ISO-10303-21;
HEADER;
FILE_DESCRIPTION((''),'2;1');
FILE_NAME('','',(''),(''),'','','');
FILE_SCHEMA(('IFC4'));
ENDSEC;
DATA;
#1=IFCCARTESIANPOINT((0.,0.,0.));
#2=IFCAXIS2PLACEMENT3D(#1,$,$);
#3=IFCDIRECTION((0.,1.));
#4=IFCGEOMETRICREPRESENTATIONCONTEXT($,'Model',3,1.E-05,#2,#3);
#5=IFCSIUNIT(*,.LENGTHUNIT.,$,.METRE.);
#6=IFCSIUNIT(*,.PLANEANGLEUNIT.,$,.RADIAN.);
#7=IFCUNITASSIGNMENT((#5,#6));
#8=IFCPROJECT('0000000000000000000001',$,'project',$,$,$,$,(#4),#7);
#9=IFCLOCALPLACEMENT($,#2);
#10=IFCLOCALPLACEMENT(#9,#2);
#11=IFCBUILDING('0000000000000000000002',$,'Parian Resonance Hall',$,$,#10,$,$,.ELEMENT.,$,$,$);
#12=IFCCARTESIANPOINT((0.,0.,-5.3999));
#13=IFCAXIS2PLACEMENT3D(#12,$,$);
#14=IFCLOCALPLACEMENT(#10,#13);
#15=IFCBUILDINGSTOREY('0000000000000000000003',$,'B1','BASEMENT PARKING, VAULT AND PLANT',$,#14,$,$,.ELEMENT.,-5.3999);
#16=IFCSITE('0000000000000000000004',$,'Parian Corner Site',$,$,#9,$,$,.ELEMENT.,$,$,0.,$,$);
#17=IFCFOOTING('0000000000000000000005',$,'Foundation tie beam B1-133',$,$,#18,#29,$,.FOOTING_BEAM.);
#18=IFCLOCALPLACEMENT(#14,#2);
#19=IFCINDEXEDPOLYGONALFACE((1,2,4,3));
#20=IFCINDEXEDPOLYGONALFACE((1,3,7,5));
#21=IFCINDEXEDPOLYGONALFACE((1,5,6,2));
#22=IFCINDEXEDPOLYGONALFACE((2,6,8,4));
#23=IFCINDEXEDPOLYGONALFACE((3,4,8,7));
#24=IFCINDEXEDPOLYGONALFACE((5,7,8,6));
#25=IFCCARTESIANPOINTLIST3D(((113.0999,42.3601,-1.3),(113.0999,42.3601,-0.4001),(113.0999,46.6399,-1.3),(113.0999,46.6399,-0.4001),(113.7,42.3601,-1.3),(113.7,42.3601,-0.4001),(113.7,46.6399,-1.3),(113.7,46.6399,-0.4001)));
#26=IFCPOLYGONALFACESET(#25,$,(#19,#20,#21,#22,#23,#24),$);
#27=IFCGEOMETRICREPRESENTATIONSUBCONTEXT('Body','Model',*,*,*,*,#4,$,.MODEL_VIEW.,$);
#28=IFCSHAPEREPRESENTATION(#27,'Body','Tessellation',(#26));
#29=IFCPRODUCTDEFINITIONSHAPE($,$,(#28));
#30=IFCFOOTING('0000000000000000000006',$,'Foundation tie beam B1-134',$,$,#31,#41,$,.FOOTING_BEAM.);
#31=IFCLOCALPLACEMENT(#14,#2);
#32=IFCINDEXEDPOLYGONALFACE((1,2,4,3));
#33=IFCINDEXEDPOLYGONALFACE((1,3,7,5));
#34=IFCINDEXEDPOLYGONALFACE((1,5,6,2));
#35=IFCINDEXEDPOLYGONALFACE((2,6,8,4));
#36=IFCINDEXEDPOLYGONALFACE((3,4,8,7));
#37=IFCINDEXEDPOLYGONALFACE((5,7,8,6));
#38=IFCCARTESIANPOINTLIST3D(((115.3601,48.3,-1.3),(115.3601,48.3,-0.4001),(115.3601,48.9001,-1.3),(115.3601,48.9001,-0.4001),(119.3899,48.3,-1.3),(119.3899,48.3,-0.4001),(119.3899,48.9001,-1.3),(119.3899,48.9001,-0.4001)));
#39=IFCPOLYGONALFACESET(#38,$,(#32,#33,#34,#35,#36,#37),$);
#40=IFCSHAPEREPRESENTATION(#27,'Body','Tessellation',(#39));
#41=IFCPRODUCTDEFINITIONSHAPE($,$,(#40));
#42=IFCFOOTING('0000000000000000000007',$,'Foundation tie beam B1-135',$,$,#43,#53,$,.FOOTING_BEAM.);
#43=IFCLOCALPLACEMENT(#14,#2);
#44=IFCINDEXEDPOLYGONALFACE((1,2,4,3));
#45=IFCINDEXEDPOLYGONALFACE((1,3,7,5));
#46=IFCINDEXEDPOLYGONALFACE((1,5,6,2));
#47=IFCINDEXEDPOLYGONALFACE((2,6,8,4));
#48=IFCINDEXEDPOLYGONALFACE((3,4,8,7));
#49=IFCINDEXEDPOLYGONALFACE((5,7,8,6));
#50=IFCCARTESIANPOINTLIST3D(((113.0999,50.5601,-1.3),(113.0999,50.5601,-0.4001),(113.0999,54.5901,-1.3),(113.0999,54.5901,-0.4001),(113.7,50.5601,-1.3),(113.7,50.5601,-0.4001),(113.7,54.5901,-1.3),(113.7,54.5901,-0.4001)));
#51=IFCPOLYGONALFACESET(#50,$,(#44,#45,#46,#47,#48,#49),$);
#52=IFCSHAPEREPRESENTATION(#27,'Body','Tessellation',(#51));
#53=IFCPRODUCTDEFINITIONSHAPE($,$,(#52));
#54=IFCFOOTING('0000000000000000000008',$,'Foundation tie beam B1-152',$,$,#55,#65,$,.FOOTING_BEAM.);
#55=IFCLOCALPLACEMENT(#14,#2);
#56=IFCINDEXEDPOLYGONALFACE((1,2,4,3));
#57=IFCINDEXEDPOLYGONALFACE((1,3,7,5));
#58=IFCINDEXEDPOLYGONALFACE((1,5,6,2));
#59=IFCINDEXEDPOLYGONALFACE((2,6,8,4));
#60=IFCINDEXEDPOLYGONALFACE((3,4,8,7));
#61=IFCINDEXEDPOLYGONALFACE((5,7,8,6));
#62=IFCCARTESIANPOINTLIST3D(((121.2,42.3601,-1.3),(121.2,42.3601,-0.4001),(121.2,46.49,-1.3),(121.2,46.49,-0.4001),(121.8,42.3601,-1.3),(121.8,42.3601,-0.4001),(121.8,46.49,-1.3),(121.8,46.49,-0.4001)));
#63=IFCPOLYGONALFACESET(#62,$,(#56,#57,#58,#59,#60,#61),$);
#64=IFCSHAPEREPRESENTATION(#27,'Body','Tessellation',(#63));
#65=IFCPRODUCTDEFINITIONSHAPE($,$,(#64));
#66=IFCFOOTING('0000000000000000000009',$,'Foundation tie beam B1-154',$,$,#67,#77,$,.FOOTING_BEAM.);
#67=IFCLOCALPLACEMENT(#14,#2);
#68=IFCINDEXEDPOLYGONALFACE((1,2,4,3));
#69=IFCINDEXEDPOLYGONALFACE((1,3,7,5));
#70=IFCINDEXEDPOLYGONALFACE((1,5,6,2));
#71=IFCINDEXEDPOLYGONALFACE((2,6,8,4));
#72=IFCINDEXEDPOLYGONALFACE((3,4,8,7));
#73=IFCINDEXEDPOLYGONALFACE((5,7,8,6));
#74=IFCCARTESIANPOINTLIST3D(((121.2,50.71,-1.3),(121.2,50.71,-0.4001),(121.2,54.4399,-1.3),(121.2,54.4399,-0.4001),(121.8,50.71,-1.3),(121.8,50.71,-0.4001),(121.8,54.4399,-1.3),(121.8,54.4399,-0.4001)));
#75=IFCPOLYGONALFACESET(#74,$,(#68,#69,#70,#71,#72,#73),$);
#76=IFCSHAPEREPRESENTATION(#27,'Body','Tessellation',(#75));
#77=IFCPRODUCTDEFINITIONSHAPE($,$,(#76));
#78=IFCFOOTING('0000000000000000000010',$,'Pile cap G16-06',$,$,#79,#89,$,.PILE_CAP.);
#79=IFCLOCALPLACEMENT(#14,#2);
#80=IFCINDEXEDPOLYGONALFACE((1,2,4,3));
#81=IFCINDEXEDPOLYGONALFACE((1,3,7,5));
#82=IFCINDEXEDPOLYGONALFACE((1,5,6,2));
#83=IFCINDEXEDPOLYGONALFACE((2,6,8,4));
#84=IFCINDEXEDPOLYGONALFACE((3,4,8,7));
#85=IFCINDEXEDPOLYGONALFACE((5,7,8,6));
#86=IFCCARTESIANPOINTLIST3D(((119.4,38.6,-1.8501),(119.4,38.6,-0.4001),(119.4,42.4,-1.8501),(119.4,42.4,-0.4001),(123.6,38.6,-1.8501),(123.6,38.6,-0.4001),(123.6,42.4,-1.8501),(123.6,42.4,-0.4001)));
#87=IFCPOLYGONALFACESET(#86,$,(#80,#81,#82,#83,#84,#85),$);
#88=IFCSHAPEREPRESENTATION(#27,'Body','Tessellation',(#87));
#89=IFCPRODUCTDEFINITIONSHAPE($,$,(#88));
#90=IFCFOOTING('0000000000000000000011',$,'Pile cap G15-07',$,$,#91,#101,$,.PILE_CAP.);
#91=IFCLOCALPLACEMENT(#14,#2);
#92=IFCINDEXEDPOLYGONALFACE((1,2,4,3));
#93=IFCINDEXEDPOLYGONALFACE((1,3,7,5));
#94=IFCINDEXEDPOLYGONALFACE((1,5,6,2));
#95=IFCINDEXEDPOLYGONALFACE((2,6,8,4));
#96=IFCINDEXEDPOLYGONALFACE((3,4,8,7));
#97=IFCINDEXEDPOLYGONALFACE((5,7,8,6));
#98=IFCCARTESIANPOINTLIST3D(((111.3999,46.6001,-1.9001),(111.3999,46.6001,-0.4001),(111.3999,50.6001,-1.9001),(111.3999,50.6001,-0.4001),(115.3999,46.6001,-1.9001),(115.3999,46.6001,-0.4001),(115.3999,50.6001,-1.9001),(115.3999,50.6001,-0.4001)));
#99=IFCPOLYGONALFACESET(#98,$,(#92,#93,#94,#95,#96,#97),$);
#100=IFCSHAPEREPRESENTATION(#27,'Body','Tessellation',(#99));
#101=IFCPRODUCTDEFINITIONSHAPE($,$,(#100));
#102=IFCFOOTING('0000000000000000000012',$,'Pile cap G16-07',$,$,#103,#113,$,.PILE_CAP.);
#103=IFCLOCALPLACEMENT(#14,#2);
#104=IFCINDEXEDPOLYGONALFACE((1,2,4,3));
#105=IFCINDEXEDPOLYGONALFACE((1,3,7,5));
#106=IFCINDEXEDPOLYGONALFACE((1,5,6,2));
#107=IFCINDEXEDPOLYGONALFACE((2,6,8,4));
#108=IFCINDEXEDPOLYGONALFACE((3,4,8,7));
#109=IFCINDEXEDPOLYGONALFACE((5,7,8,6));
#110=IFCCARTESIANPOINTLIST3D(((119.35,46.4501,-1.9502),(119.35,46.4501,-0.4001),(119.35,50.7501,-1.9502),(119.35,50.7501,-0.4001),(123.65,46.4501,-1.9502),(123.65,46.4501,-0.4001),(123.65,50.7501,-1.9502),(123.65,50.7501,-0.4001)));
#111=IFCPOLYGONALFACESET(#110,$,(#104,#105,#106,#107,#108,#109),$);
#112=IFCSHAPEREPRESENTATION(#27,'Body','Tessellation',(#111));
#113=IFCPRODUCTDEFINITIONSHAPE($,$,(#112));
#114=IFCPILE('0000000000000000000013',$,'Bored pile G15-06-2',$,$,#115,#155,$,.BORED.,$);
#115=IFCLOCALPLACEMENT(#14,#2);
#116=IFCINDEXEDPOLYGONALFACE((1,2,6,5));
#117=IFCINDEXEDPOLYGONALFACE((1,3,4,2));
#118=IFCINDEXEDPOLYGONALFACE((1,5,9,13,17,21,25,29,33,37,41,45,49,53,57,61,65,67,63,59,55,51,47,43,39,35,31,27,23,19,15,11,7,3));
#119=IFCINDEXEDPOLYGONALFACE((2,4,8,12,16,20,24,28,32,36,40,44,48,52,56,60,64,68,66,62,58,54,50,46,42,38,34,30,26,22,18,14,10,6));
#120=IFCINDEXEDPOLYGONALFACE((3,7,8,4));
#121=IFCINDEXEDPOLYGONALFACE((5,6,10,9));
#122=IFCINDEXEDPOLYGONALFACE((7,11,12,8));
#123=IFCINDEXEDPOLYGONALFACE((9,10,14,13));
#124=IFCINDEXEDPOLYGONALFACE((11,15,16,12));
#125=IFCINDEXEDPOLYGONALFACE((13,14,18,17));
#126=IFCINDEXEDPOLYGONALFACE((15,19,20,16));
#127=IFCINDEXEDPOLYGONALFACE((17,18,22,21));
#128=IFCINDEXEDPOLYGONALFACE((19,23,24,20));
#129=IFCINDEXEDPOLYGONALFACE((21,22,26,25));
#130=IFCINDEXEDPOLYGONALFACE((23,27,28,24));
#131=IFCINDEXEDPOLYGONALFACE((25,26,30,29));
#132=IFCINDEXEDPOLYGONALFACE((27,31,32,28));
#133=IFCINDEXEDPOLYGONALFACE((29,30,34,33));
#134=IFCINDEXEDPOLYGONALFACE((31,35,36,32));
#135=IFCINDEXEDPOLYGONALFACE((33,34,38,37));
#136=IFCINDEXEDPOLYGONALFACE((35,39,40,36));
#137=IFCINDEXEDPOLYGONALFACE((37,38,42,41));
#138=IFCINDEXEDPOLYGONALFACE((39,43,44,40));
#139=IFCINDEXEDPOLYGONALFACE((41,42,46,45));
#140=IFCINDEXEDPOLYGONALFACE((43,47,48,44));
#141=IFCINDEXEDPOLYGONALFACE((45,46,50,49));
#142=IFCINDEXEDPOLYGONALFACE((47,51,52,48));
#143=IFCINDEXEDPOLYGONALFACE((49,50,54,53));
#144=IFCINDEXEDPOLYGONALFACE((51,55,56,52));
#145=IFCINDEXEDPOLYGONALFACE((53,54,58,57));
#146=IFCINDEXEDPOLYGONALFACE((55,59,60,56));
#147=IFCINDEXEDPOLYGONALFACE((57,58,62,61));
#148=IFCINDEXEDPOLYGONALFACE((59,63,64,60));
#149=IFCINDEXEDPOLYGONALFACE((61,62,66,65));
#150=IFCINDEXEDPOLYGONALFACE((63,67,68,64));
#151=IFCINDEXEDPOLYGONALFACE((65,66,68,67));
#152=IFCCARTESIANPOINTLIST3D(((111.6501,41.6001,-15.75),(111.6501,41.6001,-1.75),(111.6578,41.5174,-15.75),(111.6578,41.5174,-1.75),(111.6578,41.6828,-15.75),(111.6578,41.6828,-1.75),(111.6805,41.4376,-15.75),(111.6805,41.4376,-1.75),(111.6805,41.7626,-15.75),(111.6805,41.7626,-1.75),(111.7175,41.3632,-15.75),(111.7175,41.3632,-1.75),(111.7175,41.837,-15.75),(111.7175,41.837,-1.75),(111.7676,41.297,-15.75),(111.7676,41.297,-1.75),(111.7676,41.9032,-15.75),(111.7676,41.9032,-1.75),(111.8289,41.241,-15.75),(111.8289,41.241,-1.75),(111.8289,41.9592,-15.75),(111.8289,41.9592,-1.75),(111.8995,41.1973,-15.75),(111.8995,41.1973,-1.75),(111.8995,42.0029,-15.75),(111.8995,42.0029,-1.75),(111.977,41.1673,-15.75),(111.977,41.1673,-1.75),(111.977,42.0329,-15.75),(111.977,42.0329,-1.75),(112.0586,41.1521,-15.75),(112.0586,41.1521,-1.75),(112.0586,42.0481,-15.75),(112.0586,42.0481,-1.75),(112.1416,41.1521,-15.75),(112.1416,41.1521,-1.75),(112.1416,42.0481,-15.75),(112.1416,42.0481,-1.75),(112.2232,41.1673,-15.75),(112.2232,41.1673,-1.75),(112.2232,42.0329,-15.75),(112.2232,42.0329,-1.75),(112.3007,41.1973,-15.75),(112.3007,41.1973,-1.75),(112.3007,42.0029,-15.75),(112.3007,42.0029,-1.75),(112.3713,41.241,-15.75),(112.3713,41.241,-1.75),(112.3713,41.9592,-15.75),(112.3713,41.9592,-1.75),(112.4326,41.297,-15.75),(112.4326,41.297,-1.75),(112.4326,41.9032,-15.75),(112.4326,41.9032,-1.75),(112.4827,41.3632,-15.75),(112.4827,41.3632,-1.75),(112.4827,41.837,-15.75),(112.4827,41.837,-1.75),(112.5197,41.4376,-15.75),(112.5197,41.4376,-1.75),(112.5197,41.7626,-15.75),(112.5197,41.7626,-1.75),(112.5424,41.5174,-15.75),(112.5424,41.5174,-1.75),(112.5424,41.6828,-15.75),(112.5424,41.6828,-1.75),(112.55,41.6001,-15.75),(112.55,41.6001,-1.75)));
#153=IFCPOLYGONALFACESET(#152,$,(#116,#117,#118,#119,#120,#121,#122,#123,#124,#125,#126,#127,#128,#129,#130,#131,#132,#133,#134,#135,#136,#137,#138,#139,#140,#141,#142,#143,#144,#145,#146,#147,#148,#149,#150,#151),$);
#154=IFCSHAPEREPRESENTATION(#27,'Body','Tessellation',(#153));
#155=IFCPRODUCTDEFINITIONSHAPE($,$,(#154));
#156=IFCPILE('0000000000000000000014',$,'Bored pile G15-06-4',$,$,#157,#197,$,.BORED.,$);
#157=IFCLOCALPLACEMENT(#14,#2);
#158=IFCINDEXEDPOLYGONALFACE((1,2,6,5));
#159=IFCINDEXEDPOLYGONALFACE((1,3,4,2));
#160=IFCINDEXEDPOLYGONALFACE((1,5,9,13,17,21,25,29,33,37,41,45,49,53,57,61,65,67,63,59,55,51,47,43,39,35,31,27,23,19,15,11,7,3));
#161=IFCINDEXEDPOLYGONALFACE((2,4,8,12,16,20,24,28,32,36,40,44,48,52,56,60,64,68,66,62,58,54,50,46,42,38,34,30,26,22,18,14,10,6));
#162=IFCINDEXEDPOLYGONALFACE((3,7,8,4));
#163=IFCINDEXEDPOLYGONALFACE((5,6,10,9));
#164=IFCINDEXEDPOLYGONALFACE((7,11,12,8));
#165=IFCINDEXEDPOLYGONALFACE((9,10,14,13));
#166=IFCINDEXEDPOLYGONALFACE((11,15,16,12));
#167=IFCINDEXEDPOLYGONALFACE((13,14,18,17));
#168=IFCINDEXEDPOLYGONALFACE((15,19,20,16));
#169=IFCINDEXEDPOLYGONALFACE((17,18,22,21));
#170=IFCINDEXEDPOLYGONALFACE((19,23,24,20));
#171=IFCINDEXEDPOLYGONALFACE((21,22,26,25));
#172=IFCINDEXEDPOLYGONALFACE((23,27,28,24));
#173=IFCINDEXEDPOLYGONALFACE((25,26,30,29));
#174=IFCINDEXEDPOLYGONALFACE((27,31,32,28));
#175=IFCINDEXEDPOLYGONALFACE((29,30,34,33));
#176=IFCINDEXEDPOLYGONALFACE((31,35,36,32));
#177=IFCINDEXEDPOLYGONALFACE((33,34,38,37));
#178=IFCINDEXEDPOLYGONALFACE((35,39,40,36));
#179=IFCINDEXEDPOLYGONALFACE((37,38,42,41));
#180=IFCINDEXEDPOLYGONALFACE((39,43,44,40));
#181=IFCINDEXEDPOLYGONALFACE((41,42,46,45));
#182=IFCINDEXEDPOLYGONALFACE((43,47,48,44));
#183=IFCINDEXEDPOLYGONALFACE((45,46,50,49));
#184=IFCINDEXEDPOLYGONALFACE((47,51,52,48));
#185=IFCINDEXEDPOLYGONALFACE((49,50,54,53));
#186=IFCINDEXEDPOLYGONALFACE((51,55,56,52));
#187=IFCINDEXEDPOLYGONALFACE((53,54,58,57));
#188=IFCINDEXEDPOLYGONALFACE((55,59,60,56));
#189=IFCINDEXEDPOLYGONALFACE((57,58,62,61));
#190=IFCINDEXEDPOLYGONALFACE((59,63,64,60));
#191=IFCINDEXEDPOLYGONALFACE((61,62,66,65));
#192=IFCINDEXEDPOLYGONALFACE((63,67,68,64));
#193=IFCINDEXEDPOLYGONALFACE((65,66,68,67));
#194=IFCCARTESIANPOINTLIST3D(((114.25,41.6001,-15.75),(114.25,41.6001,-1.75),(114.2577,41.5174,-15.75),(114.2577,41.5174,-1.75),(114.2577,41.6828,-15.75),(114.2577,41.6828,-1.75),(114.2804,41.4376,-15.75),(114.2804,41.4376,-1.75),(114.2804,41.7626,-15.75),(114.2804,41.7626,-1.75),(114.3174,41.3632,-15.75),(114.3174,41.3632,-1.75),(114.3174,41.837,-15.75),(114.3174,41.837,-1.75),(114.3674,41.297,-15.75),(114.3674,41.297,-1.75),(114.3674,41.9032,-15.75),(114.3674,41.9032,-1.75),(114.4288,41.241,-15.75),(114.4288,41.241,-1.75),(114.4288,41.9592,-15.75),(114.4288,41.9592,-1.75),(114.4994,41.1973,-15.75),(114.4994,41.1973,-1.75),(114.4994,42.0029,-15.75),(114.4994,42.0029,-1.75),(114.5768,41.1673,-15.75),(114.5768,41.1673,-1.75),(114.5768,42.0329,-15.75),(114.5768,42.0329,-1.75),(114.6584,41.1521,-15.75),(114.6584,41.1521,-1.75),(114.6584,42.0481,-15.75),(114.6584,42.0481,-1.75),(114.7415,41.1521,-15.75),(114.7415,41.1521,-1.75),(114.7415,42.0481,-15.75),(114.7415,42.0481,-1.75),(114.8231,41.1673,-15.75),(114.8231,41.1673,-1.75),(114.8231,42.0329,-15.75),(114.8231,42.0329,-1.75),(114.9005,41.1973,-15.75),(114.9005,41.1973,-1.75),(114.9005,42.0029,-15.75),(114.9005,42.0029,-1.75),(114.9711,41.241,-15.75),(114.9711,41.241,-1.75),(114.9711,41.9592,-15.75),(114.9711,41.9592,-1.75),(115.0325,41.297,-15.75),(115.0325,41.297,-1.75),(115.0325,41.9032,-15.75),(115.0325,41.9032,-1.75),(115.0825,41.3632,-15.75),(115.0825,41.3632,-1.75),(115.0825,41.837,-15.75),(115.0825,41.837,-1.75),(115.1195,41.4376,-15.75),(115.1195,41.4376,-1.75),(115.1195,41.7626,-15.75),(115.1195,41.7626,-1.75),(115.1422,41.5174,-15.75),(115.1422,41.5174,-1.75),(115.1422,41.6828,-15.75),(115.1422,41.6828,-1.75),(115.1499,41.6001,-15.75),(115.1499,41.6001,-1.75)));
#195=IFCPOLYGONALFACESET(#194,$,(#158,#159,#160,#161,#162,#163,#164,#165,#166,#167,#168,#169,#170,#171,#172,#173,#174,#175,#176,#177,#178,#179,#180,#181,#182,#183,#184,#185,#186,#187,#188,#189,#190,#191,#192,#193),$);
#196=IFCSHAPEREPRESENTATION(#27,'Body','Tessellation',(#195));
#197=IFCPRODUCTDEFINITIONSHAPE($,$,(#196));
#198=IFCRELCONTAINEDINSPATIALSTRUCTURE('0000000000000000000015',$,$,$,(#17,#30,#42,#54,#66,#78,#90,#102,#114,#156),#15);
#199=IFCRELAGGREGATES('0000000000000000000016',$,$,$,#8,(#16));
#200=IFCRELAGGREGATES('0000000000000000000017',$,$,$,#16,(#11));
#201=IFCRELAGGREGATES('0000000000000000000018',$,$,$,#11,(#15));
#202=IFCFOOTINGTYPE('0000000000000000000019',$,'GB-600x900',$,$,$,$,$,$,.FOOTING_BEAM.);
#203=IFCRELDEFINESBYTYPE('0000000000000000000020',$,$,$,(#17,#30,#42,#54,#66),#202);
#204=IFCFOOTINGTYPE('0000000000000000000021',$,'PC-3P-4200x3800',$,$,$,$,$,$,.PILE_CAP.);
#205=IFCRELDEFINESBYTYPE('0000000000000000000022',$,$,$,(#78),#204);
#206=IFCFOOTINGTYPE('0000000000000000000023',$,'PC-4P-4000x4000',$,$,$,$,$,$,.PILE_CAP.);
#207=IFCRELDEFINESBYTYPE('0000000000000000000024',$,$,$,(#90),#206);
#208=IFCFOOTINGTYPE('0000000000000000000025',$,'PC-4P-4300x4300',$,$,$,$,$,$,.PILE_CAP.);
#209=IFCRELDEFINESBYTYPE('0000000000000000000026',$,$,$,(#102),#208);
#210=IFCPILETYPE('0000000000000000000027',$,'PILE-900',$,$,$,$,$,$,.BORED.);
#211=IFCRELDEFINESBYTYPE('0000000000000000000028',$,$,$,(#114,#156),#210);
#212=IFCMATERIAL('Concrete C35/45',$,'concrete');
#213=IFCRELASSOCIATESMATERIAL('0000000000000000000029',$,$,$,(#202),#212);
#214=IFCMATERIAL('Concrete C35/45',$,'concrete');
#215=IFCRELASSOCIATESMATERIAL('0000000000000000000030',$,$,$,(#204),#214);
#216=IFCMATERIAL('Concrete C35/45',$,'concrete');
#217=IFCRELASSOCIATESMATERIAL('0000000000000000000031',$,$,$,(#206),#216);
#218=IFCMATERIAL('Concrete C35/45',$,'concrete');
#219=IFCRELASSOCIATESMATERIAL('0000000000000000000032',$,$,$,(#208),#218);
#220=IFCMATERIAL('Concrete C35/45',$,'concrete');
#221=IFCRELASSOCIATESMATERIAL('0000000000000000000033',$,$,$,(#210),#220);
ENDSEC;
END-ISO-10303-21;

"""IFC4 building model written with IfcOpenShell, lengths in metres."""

from ifc_helpers import new_model, si_unit, direction, frame, origin, origin_2d, place, context, subcontext, project, spatial, rectangle, circle, extrude, material, material_profile, profile_set, type_object, element, save


model = new_model("IFC4")

# Units and contexts
model_context = context("Model", 3, precision=1e-05, world=origin(), true_north=direction((0.0, 1.0)))
body_context = subcontext(model_context, "Body", "Model", "MODEL_VIEW")
ifc_project = project(units=[si_unit("LENGTHUNIT", "METRE"), si_unit("PLANEANGLEUNIT", "RADIAN")], contexts=[model_context])

# Site, building, storey
site_placement = place(None, origin())
site = spatial("IfcSite", under=ifc_project, at=site_placement, Name="Parian Corner Site", CompositionType="ELEMENT", RefElevation=0.0)
building_placement = place(site_placement, origin())
building = spatial("IfcBuilding", under=site, at=building_placement, Name="Parian Resonance Hall", CompositionType="ELEMENT")
storey_placement = place(building_placement, frame((0.0, 0.0, -5.3999)))
storey = spatial("IfcBuildingStorey", under=building, at=storey_placement, Name="B1", Description="BASEMENT PARKING, VAULT AND PLANT", CompositionType="ELEMENT", Elevation=-5.3999)

# Footings
ifc_material_1 = material(Name="Concrete C35/45", Category="concrete")
ifc_material_profile_1 = material_profile(ifc_material_1, rectangle(XDim=0.6001, YDim=0.8999, at=origin_2d()), Name="RC-GB-600x900")
ifc_profile_set_1 = profile_set([ifc_material_profile_1], Name="Concrete C35/45")
footing_type_1 = type_object("IfcFootingType", Name="GB-600x900", PredefinedType="FOOTING_BEAM", material=ifc_profile_set_1)
footing_1_placement = place(storey_placement, frame((113.3999, 42.3601, -0.8501), z_axis=(0.0, 1.0, 0.0), x_axis=(-1.0, 0.0, 0.0)))
element("IfcFooting", 1, at=footing_1_placement, inside=storey, type_object=footing_type_1, Name="Foundation tie beam B1-133", PredefinedType="FOOTING_BEAM", context=body_context, shape_type="SweptSolid", body=[
    extrude(rectangle(XDim=0.6001, YDim=0.8999, at=origin_2d()), origin(), (0.0, 0.0, 1.0), 4.2798),
])
footing_2_placement = place(storey_placement, frame((115.3601, 48.6001, -0.8501), z_axis=(1.0, 0.0, 0.0), x_axis=(0.0, 1.0, 0.0)))
element("IfcFooting", 2, at=footing_2_placement, inside=storey, type_object=footing_type_1, Name="Foundation tie beam B1-134", PredefinedType="FOOTING_BEAM", context=body_context, shape_type="SweptSolid", body=[
    extrude(rectangle(XDim=0.6001, YDim=0.8999, at=origin_2d()), origin(), (0.0, 0.0, 1.0), 4.0298),
])
footing_3_placement = place(storey_placement, frame((113.3999, 50.5601, -0.8501), z_axis=(0.0, 1.0, 0.0), x_axis=(-1.0, 0.0, 0.0)))
element("IfcFooting", 3, at=footing_3_placement, inside=storey, type_object=footing_type_1, Name="Foundation tie beam B1-135", PredefinedType="FOOTING_BEAM", context=body_context, shape_type="SweptSolid", body=[
    extrude(rectangle(XDim=0.6001, YDim=0.8999, at=origin_2d()), origin(), (0.0, 0.0, 1.0), 4.03),
])
footing_4_placement = place(storey_placement, frame((121.5, 42.3601, -0.8501), z_axis=(0.0, 1.0, 0.0), x_axis=(-1.0, 0.0, 0.0)))
element("IfcFooting", 4, at=footing_4_placement, inside=storey, type_object=footing_type_1, Name="Foundation tie beam B1-152", PredefinedType="FOOTING_BEAM", context=body_context, shape_type="SweptSolid", body=[
    extrude(rectangle(XDim=0.6001, YDim=0.8999, at=origin_2d()), origin(), (0.0, 0.0, 1.0), 4.1299),
])
footing_5_placement = place(storey_placement, frame((121.5, 50.71, -0.8501), z_axis=(0.0, 1.0, 0.0), x_axis=(-1.0, 0.0, 0.0)))
element("IfcFooting", 5, at=footing_5_placement, inside=storey, type_object=footing_type_1, Name="Foundation tie beam B1-154", PredefinedType="FOOTING_BEAM", context=body_context, shape_type="SweptSolid", body=[
    extrude(rectangle(XDim=0.6001, YDim=0.8999, at=origin_2d()), origin(), (0.0, 0.0, 1.0), 3.73),
])
ifc_material_2 = material(Name="Concrete C35/45", Category="concrete")
footing_type_2 = type_object("IfcFootingType", Name="PC-3P-4200x3800", PredefinedType="PILE_CAP", material=ifc_material_2)
footing_6_placement = place(storey_placement, frame((121.5, 40.5, -1.8501), z_axis=(0.0, 0.0, 1.0), x_axis=(1.0, 0.0, 0.0)))
element("IfcFooting", 6, at=footing_6_placement, inside=storey, type_object=footing_type_2, Name="Pile cap G16-06", PredefinedType="PILE_CAP", context=body_context, shape_type="SweptSolid", body=[
    extrude(rectangle(XDim=4.2, YDim=3.8, at=origin_2d()), origin(), (0.0, 0.0, 1.0), 1.45),
])
ifc_material_3 = material(Name="Concrete C35/45", Category="concrete")
footing_type_3 = type_object("IfcFootingType", Name="PC-4P-4000x4000", PredefinedType="PILE_CAP", material=ifc_material_3)
footing_7_placement = place(storey_placement, frame((113.3999, 48.6001, -1.9001), z_axis=(0.0, 0.0, 1.0), x_axis=(1.0, 0.0, 0.0)))
element("IfcFooting", 7, at=footing_7_placement, inside=storey, type_object=footing_type_3, Name="Pile cap G15-07", PredefinedType="PILE_CAP", context=body_context, shape_type="SweptSolid", body=[
    extrude(rectangle(XDim=4.0, YDim=4.0, at=origin_2d()), origin(), (0.0, 0.0, 1.0), 1.5),
])
ifc_material_4 = material(Name="Concrete C35/45", Category="concrete")
footing_type_4 = type_object("IfcFootingType", Name="PC-4P-4300x4300", PredefinedType="PILE_CAP", material=ifc_material_4)
footing_8_placement = place(storey_placement, frame((121.5, 48.6001, -1.9502), z_axis=(0.0, 0.0, 1.0), x_axis=(1.0, 0.0, 0.0)))
element("IfcFooting", 8, at=footing_8_placement, inside=storey, type_object=footing_type_4, Name="Pile cap G16-07", PredefinedType="PILE_CAP", context=body_context, shape_type="SweptSolid", body=[
    extrude(rectangle(XDim=4.3, YDim=4.3, at=origin_2d()), origin(), (0.0, 0.0, 1.0), 1.55),
])

# Piles
ifc_material_5 = material(Name="Concrete C35/45", Category="concrete")
ifc_material_profile_2 = material_profile(ifc_material_5, circle(Radius=0.45, at=origin_2d()), Name="PILE-D900")
ifc_profile_set_2 = profile_set([ifc_material_profile_2], Name="Concrete C35/45")
pile_type = type_object("IfcPileType", Name="PILE-900", PredefinedType="BORED", material=ifc_profile_set_2)
for number, where, z_axis, x_axis, name in (
    (9, (112.1001, 41.6001, -1.75), (0.0, 0.0, -1.0), (1.0, 0.0, 0.0), "Bored pile G15-06-2"),
    (10, (114.7, 41.6001, -1.75), (0.0, 0.0, -1.0), (1.0, 0.0, 0.0), "Bored pile G15-06-4"),
):
    element("IfcPile", number, at=place(storey_placement, frame(where, z_axis=z_axis, x_axis=x_axis)), inside=storey, type_object=pile_type, Name=name, PredefinedType="BORED", context=body_context, shape_type="SweptSolid", body=[
        extrude(circle(Radius=0.45, at=origin_2d()), origin(), (0.0, 0.0, 1.0), 14.0),
    ])

save(model, "model.ifc")
